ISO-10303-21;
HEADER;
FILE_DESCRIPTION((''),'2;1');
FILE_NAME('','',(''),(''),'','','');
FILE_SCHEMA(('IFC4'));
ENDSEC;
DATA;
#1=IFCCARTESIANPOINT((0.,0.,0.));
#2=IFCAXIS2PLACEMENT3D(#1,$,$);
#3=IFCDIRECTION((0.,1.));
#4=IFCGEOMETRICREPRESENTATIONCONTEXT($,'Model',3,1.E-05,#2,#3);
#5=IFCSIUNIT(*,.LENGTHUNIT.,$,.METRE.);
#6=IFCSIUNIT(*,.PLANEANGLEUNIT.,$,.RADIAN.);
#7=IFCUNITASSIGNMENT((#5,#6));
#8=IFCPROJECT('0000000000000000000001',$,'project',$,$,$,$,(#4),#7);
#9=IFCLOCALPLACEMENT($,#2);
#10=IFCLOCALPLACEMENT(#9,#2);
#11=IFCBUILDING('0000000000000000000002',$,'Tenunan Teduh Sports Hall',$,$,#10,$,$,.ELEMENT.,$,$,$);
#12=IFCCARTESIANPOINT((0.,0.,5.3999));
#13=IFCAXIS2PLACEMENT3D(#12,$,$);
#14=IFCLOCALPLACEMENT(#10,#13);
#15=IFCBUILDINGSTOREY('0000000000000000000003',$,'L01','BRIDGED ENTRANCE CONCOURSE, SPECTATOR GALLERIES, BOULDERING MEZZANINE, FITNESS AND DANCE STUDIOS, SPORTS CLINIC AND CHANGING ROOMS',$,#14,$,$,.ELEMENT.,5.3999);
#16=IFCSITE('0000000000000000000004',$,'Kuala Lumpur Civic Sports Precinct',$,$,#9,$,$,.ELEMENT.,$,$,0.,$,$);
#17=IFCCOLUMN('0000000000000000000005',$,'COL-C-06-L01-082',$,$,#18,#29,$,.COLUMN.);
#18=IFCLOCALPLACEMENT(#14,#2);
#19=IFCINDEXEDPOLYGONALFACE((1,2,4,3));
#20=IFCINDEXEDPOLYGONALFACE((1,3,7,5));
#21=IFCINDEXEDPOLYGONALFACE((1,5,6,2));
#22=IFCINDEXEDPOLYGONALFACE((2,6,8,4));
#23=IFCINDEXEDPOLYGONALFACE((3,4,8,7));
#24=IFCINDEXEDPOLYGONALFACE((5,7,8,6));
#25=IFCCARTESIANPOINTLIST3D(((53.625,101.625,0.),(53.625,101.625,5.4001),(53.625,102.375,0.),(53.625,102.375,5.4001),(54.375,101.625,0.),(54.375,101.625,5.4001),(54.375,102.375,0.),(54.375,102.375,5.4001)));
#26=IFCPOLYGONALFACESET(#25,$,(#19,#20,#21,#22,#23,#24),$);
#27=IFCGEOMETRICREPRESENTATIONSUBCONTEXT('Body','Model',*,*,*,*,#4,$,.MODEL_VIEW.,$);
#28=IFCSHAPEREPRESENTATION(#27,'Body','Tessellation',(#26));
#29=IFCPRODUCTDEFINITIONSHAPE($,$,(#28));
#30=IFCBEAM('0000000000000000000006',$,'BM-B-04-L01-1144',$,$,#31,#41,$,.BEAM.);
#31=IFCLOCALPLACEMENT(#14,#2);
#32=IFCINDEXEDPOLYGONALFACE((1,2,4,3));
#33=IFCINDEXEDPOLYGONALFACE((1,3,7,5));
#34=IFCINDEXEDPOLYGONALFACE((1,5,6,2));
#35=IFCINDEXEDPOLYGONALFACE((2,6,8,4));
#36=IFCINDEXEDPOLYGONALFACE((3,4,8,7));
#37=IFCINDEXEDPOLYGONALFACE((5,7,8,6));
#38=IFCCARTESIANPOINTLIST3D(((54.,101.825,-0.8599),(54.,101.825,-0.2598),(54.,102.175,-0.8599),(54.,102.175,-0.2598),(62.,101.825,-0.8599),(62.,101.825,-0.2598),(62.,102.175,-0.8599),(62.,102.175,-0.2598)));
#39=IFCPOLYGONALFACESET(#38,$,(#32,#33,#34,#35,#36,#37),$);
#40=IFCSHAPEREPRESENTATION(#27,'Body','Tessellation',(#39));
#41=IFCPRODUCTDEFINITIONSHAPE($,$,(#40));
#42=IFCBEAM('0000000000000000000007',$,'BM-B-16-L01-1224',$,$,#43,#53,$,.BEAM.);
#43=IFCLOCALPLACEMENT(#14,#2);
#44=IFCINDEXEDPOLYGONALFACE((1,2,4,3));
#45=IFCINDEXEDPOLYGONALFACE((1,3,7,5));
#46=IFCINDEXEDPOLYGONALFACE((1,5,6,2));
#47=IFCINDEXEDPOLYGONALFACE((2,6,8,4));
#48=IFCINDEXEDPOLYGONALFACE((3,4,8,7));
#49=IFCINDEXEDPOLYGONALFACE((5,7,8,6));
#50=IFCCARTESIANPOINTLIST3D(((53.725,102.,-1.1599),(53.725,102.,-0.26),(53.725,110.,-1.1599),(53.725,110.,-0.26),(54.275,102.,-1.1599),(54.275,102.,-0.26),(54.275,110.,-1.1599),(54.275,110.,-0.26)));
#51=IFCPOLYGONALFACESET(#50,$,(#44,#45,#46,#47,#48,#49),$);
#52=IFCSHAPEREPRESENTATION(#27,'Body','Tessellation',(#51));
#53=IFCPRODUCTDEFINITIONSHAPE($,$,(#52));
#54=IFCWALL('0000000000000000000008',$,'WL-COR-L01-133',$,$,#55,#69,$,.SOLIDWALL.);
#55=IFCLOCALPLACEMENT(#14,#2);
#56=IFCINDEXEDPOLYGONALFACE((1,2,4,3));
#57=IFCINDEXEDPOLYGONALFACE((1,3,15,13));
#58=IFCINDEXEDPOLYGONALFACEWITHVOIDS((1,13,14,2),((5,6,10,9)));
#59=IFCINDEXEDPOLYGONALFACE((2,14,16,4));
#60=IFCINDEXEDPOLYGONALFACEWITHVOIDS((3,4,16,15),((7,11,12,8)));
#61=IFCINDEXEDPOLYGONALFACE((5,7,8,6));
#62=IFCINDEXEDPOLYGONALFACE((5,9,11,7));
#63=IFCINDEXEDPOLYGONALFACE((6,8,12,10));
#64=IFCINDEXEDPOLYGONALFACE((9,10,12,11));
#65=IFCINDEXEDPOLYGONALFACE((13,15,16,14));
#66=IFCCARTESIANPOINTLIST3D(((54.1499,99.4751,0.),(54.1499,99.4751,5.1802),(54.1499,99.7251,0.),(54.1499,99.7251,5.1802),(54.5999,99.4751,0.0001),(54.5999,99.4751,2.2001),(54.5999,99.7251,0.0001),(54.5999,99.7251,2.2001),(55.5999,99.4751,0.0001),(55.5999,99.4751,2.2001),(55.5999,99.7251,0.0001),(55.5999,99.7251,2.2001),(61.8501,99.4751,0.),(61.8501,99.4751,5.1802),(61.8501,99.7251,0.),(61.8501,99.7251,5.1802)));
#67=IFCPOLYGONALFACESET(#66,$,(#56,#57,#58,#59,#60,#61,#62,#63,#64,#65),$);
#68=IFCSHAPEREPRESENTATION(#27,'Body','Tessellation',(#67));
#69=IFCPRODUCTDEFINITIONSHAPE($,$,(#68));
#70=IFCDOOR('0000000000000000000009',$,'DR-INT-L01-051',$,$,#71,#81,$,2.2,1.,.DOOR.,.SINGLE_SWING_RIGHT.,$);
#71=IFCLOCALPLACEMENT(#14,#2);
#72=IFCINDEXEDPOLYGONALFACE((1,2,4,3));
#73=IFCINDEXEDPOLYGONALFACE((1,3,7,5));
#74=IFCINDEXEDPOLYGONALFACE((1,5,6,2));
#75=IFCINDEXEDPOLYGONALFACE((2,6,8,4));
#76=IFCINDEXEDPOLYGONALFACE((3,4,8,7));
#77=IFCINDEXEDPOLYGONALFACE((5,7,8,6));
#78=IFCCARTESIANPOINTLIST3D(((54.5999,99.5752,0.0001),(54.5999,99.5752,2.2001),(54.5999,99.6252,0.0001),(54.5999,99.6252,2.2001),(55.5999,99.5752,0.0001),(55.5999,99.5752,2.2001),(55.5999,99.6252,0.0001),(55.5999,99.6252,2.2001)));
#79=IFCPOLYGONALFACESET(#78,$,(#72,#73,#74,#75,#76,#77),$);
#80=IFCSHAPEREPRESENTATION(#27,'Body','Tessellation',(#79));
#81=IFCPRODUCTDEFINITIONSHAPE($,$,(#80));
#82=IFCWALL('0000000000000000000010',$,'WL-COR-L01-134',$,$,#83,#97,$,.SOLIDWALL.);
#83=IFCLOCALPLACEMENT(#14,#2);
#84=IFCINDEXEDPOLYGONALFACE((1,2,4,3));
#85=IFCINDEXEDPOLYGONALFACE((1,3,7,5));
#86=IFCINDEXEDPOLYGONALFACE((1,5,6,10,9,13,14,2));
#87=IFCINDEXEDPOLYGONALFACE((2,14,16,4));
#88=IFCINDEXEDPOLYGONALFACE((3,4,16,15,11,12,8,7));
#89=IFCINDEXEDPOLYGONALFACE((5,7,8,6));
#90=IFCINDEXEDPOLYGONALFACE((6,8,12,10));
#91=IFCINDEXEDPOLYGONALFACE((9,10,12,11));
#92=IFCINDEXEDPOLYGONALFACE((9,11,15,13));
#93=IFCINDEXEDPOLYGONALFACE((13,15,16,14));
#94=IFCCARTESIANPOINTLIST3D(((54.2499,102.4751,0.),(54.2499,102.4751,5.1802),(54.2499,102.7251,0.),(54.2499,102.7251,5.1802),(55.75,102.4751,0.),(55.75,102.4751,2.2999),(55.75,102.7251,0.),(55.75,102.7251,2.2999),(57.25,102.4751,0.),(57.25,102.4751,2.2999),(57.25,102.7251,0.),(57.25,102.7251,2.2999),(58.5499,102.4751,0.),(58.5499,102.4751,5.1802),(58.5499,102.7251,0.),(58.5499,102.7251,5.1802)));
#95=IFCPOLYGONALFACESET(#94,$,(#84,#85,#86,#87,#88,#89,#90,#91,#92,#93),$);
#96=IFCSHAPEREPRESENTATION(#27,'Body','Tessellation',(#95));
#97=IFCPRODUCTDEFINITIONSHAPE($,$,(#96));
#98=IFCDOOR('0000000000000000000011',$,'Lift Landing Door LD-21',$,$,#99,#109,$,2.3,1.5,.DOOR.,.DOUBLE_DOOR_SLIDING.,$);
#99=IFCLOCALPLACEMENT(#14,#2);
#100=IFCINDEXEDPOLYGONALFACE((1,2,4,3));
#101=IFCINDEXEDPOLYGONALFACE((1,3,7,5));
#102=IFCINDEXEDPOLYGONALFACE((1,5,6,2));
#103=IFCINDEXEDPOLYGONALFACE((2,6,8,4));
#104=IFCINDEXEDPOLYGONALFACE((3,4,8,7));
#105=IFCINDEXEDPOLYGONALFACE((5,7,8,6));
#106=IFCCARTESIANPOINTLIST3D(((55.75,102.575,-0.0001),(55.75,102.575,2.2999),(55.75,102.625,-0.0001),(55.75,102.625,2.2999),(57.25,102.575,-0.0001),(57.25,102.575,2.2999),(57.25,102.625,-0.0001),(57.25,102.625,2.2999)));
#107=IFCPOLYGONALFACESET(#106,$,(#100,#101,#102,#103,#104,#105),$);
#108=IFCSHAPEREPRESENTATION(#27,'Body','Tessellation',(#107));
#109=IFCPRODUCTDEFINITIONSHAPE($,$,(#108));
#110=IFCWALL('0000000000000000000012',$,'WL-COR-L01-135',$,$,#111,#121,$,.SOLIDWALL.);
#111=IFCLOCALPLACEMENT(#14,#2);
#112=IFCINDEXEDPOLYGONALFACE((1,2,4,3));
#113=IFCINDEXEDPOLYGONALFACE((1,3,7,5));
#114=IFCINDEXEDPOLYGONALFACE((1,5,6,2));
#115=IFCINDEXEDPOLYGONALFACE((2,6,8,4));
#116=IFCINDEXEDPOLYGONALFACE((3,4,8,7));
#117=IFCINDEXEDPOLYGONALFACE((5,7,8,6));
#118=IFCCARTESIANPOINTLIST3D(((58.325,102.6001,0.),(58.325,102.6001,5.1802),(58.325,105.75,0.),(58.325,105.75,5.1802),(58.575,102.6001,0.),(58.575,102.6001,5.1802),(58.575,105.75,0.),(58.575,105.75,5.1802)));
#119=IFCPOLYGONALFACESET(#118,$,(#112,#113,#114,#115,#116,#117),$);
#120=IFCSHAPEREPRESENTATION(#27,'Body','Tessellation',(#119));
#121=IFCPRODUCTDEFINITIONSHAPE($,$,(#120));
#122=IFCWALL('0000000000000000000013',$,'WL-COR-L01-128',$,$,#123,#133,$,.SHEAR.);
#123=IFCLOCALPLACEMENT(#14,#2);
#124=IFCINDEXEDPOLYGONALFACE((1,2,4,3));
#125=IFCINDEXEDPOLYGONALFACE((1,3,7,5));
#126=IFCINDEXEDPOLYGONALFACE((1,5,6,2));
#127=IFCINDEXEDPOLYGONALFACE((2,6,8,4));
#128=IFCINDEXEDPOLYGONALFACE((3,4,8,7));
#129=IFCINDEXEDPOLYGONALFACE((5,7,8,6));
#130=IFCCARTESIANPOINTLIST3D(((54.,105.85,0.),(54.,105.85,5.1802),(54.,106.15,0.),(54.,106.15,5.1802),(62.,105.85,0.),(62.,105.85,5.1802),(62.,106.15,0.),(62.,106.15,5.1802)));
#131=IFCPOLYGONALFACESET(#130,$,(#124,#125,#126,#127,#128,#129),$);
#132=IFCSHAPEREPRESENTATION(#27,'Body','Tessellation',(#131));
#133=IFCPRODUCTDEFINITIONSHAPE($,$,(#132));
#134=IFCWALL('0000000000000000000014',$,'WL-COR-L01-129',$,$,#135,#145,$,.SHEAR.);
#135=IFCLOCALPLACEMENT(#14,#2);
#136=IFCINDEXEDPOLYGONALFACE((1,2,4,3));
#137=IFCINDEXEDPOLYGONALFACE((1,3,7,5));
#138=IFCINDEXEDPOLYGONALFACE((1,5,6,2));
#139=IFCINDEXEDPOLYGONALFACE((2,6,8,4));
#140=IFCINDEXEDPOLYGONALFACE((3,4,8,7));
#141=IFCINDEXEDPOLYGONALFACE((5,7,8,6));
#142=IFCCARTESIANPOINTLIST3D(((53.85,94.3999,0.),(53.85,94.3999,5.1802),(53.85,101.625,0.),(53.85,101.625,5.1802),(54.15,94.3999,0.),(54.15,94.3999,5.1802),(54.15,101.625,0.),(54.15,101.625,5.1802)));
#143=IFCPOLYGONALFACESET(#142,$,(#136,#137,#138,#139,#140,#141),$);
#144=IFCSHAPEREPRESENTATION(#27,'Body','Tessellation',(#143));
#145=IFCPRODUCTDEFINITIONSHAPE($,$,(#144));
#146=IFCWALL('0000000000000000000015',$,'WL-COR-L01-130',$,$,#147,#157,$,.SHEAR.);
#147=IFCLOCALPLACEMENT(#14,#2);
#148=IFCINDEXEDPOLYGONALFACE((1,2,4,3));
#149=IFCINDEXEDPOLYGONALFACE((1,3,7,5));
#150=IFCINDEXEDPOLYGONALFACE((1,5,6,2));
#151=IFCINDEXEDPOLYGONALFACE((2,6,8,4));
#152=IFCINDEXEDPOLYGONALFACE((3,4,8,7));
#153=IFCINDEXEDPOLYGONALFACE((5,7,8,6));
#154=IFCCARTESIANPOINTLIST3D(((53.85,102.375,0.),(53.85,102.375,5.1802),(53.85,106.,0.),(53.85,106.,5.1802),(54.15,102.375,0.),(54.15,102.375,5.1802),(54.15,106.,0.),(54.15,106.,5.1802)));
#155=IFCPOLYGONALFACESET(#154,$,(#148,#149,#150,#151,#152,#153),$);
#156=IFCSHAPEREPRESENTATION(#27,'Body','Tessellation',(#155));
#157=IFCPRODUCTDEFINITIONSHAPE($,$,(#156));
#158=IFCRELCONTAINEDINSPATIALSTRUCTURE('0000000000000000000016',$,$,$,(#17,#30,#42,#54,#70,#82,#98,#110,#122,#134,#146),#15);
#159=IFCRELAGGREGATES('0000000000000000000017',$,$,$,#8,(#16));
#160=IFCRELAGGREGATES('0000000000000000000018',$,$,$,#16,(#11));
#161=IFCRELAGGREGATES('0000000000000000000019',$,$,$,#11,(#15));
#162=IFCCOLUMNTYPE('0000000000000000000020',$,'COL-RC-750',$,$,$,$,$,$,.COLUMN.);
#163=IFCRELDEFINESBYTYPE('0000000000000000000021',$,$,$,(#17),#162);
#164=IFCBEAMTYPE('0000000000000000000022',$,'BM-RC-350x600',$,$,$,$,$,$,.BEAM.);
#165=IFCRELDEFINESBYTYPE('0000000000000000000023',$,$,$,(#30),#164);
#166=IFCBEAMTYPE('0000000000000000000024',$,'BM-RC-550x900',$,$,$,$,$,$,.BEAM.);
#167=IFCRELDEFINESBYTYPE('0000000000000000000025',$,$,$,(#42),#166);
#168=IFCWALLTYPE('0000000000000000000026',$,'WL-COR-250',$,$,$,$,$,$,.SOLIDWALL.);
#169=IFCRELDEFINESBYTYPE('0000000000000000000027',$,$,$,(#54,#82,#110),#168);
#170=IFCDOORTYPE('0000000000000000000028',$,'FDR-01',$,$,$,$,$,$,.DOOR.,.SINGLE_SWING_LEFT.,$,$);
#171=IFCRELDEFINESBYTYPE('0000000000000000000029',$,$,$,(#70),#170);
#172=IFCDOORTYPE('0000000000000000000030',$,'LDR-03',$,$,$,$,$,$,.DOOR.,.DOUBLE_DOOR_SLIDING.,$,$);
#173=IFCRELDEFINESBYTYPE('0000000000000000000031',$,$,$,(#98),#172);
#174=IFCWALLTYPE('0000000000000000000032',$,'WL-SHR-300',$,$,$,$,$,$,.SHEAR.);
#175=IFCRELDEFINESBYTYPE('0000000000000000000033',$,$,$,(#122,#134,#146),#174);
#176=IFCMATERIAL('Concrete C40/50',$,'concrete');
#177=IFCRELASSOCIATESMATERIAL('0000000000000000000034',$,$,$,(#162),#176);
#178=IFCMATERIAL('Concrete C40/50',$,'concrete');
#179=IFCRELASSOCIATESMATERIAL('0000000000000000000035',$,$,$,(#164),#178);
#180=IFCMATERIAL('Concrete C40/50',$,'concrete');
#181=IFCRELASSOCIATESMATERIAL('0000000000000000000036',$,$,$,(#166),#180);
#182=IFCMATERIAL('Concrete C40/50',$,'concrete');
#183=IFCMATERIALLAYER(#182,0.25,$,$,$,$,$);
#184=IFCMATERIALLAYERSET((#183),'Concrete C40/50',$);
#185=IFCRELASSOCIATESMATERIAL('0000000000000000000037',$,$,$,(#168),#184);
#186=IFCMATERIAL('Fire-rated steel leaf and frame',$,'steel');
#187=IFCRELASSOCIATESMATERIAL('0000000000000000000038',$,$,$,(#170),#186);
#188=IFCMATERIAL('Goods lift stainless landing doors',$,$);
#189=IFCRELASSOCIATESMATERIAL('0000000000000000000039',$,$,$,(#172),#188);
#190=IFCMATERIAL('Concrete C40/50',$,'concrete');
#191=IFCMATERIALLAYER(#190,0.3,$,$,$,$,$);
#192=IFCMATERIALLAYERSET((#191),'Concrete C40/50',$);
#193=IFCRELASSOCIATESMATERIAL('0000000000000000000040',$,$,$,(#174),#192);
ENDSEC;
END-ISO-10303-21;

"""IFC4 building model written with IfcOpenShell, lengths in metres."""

from ifc_helpers import new_model, si_unit, direction, frame, frame_2d, origin, origin_2d, place, context, subcontext, project, spatial, rectangle, extrude, material, layer, layer_set, material_profile, profile_set, type_object, element, fill, save


model = new_model("IFC4")

# Units and contexts
model_context = context("Model", 3, precision=1e-05, world=origin(), true_north=direction((0.0, 1.0)))
body_context = subcontext(model_context, "Body", "Model", "MODEL_VIEW")
ifc_project = project(units=[si_unit("LENGTHUNIT", "METRE"), si_unit("PLANEANGLEUNIT", "RADIAN")], contexts=[model_context])

# Site, building, storey
site_placement = place(None, origin())
site = spatial("IfcSite", under=ifc_project, at=site_placement, Name="Kuala Lumpur Civic Sports Precinct", CompositionType="ELEMENT", RefElevation=0.0)
building_placement = place(site_placement, origin())
building = spatial("IfcBuilding", under=site, at=building_placement, Name="Tenunan Teduh Sports Hall", CompositionType="ELEMENT")
storey_placement = place(building_placement, frame((0.0, 0.0, 5.3999)))
storey = spatial("IfcBuildingStorey", under=building, at=storey_placement, Name="L01", Description="BRIDGED ENTRANCE CONCOURSE, SPECTATOR GALLERIES, BOULDERING MEZZANINE, FITNESS AND DANCE STUDIOS, SPORTS CLINIC AND CHANGING ROOMS", CompositionType="ELEMENT", Elevation=5.3999)

# Column
ifc_material_1 = material(Name="Concrete C40/50", Category="concrete")
ifc_material_profile_1 = material_profile(ifc_material_1, rectangle(XDim=0.75, YDim=0.75, at=origin_2d()), Name="RC 750x750")
ifc_profile_set_1 = profile_set([ifc_material_profile_1], Name="Concrete C40/50")
column_type = type_object("IfcColumnType", Name="COL-RC-750", PredefinedType="COLUMN", material=ifc_profile_set_1)
column_placement = place(storey_placement, frame((54.0, 102.0, 0.0), z_axis=(0.0, 0.0, 1.0), x_axis=(1.0, 0.0, 0.0)))
element("IfcColumn", 1, at=column_placement, inside=storey, type_object=column_type, Name="COL-C-06-L01-082", PredefinedType="COLUMN", context=body_context, shape_type="SweptSolid", body=[
    extrude(rectangle(XDim=0.75, YDim=0.75, at=origin_2d()), origin(), (0.0, 0.0, 1.0), 5.4001),
])

# Beams
ifc_material_2 = material(Name="Concrete C40/50", Category="concrete")
ifc_material_profile_2 = material_profile(ifc_material_2, rectangle(XDim=0.3501, YDim=0.6001, at=origin_2d()), Name="RCB 350x600")
ifc_profile_set_2 = profile_set([ifc_material_profile_2], Name="Concrete C40/50")
beam_type_1 = type_object("IfcBeamType", Name="BM-RC-350x600", PredefinedType="BEAM", material=ifc_profile_set_2)
beam_1_placement = place(storey_placement, frame((54.0, 102.0, -0.5598), z_axis=(1.0, 0.0, 0.0), x_axis=(0.0, 1.0, 0.0)))
element("IfcBeam", 2, at=beam_1_placement, inside=storey, type_object=beam_type_1, Name="BM-B-04-L01-1144", PredefinedType="BEAM", context=body_context, shape_type="SweptSolid", body=[
    extrude(rectangle(XDim=0.3501, YDim=0.6001, at=origin_2d()), origin(), (0.0, 0.0, 1.0), 8.0),
])
ifc_material_3 = material(Name="Concrete C40/50", Category="concrete")
ifc_material_profile_3 = material_profile(ifc_material_3, rectangle(XDim=0.55, YDim=0.8999, at=origin_2d()), Name="RCB 550x900")
ifc_profile_set_3 = profile_set([ifc_material_profile_3], Name="Concrete C40/50")
beam_type_2 = type_object("IfcBeamType", Name="BM-RC-550x900", PredefinedType="BEAM", material=ifc_profile_set_3)
beam_2_placement = place(storey_placement, frame((54.0, 102.0, -0.71), z_axis=(0.0, 1.0, 0.0), x_axis=(-1.0, 0.0, 0.0)))
element("IfcBeam", 3, at=beam_2_placement, inside=storey, type_object=beam_type_2, Name="BM-B-16-L01-1224", PredefinedType="BEAM", context=body_context, shape_type="SweptSolid", body=[
    extrude(rectangle(XDim=0.55, YDim=0.8999, at=origin_2d()), origin(), (0.0, 0.0, 1.0), 8.0),
])

# Walls, openings, doors
ifc_material_4 = material(Name="Concrete C40/50", Category="concrete")
ifc_layer_1 = layer(ifc_material_4, 0.25)
ifc_layer_set_1 = layer_set([ifc_layer_1], Name="Concrete C40/50")
wall_type_1 = type_object("IfcWallType", Name="WL-COR-250", PredefinedType="SOLIDWALL", material=ifc_layer_set_1)
wall_1_placement = place(storey_placement, frame((54.1499, 99.6001, 0.0), z_axis=(0.0, 0.0, 1.0), x_axis=(1.0, 0.0, 0.0)))
wall_1 = element("IfcWall", 4, at=wall_1_placement, inside=storey, type_object=wall_type_1, Name="WL-COR-L01-133", PredefinedType="SOLIDWALL", context=body_context, shape_type="SweptSolid", body=[
    extrude(rectangle(XDim=7.7002, YDim=0.25, at=frame_2d((3.8501, 0.0))), origin(), (0.0, 0.0, 1.0), 5.1802),
])
opening_1_placement = place(wall_1_placement, frame((0.45, 0.0, 0.0)))
opening_1 = element("IfcOpeningElement", 5, at=opening_1_placement, cuts=wall_1, PredefinedType="OPENING", context=body_context, shape_type="SweptSolid", body=[
    extrude(rectangle(XDim=1.0, YDim=2.2, at=frame_2d((0.5, 1.1001))), frame((0.0, 0.135, 0.0), z_axis=(0.0, -1.0, 0.0), x_axis=(1.0, 0.0, 0.0)), (0.0, 0.0, 1.0), 0.27),
])
ifc_material_5 = material(Name="Fire-rated steel leaf and frame", Category="steel")
door_type_1 = type_object("IfcDoorType", Name="FDR-01", OperationType="SINGLE_SWING_LEFT", PredefinedType="DOOR", material=ifc_material_5)
door_1_placement = place(opening_1_placement, frame((1.0, 0.0, 0.0), z_axis=(0.0, 0.0, 1.0), x_axis=(-1.0, 0.0, 0.0)))
door_1 = element("IfcDoor", 6, at=door_1_placement, inside=storey, type_object=door_type_1, Name="DR-INT-L01-051", OperationType="SINGLE_SWING_RIGHT", OverallHeight=2.2, OverallWidth=1.0, PredefinedType="DOOR", context=body_context, shape_type="SweptSolid", body=[
    extrude(rectangle(XDim=1.0, YDim=2.2, at=frame_2d((0.5, 1.1001))), frame((0.0, 0.0249, 0.0), z_axis=(0.0, -1.0, 0.0), x_axis=(1.0, 0.0, 0.0)), (0.0, 0.0, 1.0), 0.05),
])
fill(opening_1, door_1)
wall_2_placement = place(storey_placement, frame((54.25, 102.6001, 0.0), z_axis=(0.0, 0.0, 1.0), x_axis=(1.0, 0.0, 0.0)))
wall_2 = element("IfcWall", 7, at=wall_2_placement, inside=storey, type_object=wall_type_1, Name="WL-COR-L01-134", PredefinedType="SOLIDWALL", context=body_context, shape_type="SweptSolid", body=[
    extrude(rectangle(XDim=4.3, YDim=0.25, at=frame_2d((2.1499, 0.0))), origin(), (0.0, 0.0, 1.0), 5.1802),
])
opening_2_placement = place(wall_2_placement, frame((1.5, 0.0, 0.0)))
opening_2 = element("IfcOpeningElement", 8, at=opening_2_placement, cuts=wall_2, PredefinedType="OPENING", context=body_context, shape_type="SweptSolid", body=[
    extrude(rectangle(XDim=1.5, YDim=2.3, at=frame_2d((0.75, 1.1499))), frame((0.0, 0.135, 0.0), z_axis=(0.0, -1.0, 0.0), x_axis=(1.0, 0.0, 0.0)), (0.0, 0.0, 1.0), 0.27),
])
ifc_material_6 = material(Name="Goods lift stainless landing doors")
door_type_2 = type_object("IfcDoorType", Name="LDR-03", OperationType="DOUBLE_DOOR_SLIDING", PredefinedType="DOOR", material=ifc_material_6)
door_2_placement = place(opening_2_placement, origin())
door_2 = element("IfcDoor", 9, at=door_2_placement, inside=storey, type_object=door_type_2, Name="Lift Landing Door LD-21", OperationType="DOUBLE_DOOR_SLIDING", OverallHeight=2.3, OverallWidth=1.5, PredefinedType="DOOR", context=body_context, shape_type="SweptSolid", body=[
    extrude(rectangle(XDim=1.5, YDim=2.3, at=frame_2d((0.75, 1.1499))), frame((0.0, 0.0249, 0.0), z_axis=(0.0, -1.0, 0.0), x_axis=(1.0, 0.0, 0.0)), (0.0, 0.0, 1.0), 0.05),
])
fill(opening_2, door_2)

# Walls
wall_3_placement = place(storey_placement, frame((58.45, 102.6001, 0.0), z_axis=(0.0, 0.0, 1.0), x_axis=(0.0, 1.0, 0.0)))
element("IfcWall", 10, at=wall_3_placement, inside=storey, type_object=wall_type_1, Name="WL-COR-L01-135", PredefinedType="SOLIDWALL", context=body_context, shape_type="SweptSolid", body=[
    extrude(rectangle(XDim=3.1499, YDim=0.25, at=frame_2d((1.575, 0.0))), origin(), (0.0, 0.0, 1.0), 5.1802),
])
ifc_material_7 = material(Name="Concrete C40/50", Category="concrete")
ifc_layer_2 = layer(ifc_material_7, 0.3)
ifc_layer_set_2 = layer_set([ifc_layer_2], Name="Concrete C40/50")
wall_type_2 = type_object("IfcWallType", Name="WL-SHR-300", PredefinedType="SHEAR", material=ifc_layer_set_2)
wall_4_placement = place(storey_placement, frame((54.0, 106.0, 0.0), z_axis=(0.0, 0.0, 1.0), x_axis=(1.0, 0.0, 0.0)))
element("IfcWall", 11, at=wall_4_placement, inside=storey, type_object=wall_type_2, Name="WL-COR-L01-128", PredefinedType="SHEAR", context=body_context, shape_type="SweptSolid", body=[
    extrude(rectangle(XDim=8.0, YDim=0.3, at=frame_2d((4.0, 0.0))), origin(), (0.0, 0.0, 1.0), 5.1802),
])
wall_5_placement = place(storey_placement, frame((54.0, 94.3999, 0.0), z_axis=(0.0, 0.0, 1.0), x_axis=(0.0, 1.0, 0.0)))
element("IfcWall", 12, at=wall_5_placement, inside=storey, type_object=wall_type_2, Name="WL-COR-L01-129", PredefinedType="SHEAR", context=body_context, shape_type="SweptSolid", body=[
    extrude(rectangle(XDim=7.2251, YDim=0.3, at=frame_2d((3.6125, 0.0))), origin(), (0.0, 0.0, 1.0), 5.1802),
])
wall_6_placement = place(storey_placement, frame((54.0, 102.375, 0.0), z_axis=(0.0, 0.0, 1.0), x_axis=(0.0, 1.0, 0.0)))
element("IfcWall", 13, at=wall_6_placement, inside=storey, type_object=wall_type_2, Name="WL-COR-L01-130", PredefinedType="SHEAR", context=body_context, shape_type="SweptSolid", body=[
    extrude(rectangle(XDim=3.625, YDim=0.3, at=frame_2d((1.8125, 0.0))), origin(), (0.0, 0.0, 1.0), 5.1802),
])

save(model, "model.ifc")
